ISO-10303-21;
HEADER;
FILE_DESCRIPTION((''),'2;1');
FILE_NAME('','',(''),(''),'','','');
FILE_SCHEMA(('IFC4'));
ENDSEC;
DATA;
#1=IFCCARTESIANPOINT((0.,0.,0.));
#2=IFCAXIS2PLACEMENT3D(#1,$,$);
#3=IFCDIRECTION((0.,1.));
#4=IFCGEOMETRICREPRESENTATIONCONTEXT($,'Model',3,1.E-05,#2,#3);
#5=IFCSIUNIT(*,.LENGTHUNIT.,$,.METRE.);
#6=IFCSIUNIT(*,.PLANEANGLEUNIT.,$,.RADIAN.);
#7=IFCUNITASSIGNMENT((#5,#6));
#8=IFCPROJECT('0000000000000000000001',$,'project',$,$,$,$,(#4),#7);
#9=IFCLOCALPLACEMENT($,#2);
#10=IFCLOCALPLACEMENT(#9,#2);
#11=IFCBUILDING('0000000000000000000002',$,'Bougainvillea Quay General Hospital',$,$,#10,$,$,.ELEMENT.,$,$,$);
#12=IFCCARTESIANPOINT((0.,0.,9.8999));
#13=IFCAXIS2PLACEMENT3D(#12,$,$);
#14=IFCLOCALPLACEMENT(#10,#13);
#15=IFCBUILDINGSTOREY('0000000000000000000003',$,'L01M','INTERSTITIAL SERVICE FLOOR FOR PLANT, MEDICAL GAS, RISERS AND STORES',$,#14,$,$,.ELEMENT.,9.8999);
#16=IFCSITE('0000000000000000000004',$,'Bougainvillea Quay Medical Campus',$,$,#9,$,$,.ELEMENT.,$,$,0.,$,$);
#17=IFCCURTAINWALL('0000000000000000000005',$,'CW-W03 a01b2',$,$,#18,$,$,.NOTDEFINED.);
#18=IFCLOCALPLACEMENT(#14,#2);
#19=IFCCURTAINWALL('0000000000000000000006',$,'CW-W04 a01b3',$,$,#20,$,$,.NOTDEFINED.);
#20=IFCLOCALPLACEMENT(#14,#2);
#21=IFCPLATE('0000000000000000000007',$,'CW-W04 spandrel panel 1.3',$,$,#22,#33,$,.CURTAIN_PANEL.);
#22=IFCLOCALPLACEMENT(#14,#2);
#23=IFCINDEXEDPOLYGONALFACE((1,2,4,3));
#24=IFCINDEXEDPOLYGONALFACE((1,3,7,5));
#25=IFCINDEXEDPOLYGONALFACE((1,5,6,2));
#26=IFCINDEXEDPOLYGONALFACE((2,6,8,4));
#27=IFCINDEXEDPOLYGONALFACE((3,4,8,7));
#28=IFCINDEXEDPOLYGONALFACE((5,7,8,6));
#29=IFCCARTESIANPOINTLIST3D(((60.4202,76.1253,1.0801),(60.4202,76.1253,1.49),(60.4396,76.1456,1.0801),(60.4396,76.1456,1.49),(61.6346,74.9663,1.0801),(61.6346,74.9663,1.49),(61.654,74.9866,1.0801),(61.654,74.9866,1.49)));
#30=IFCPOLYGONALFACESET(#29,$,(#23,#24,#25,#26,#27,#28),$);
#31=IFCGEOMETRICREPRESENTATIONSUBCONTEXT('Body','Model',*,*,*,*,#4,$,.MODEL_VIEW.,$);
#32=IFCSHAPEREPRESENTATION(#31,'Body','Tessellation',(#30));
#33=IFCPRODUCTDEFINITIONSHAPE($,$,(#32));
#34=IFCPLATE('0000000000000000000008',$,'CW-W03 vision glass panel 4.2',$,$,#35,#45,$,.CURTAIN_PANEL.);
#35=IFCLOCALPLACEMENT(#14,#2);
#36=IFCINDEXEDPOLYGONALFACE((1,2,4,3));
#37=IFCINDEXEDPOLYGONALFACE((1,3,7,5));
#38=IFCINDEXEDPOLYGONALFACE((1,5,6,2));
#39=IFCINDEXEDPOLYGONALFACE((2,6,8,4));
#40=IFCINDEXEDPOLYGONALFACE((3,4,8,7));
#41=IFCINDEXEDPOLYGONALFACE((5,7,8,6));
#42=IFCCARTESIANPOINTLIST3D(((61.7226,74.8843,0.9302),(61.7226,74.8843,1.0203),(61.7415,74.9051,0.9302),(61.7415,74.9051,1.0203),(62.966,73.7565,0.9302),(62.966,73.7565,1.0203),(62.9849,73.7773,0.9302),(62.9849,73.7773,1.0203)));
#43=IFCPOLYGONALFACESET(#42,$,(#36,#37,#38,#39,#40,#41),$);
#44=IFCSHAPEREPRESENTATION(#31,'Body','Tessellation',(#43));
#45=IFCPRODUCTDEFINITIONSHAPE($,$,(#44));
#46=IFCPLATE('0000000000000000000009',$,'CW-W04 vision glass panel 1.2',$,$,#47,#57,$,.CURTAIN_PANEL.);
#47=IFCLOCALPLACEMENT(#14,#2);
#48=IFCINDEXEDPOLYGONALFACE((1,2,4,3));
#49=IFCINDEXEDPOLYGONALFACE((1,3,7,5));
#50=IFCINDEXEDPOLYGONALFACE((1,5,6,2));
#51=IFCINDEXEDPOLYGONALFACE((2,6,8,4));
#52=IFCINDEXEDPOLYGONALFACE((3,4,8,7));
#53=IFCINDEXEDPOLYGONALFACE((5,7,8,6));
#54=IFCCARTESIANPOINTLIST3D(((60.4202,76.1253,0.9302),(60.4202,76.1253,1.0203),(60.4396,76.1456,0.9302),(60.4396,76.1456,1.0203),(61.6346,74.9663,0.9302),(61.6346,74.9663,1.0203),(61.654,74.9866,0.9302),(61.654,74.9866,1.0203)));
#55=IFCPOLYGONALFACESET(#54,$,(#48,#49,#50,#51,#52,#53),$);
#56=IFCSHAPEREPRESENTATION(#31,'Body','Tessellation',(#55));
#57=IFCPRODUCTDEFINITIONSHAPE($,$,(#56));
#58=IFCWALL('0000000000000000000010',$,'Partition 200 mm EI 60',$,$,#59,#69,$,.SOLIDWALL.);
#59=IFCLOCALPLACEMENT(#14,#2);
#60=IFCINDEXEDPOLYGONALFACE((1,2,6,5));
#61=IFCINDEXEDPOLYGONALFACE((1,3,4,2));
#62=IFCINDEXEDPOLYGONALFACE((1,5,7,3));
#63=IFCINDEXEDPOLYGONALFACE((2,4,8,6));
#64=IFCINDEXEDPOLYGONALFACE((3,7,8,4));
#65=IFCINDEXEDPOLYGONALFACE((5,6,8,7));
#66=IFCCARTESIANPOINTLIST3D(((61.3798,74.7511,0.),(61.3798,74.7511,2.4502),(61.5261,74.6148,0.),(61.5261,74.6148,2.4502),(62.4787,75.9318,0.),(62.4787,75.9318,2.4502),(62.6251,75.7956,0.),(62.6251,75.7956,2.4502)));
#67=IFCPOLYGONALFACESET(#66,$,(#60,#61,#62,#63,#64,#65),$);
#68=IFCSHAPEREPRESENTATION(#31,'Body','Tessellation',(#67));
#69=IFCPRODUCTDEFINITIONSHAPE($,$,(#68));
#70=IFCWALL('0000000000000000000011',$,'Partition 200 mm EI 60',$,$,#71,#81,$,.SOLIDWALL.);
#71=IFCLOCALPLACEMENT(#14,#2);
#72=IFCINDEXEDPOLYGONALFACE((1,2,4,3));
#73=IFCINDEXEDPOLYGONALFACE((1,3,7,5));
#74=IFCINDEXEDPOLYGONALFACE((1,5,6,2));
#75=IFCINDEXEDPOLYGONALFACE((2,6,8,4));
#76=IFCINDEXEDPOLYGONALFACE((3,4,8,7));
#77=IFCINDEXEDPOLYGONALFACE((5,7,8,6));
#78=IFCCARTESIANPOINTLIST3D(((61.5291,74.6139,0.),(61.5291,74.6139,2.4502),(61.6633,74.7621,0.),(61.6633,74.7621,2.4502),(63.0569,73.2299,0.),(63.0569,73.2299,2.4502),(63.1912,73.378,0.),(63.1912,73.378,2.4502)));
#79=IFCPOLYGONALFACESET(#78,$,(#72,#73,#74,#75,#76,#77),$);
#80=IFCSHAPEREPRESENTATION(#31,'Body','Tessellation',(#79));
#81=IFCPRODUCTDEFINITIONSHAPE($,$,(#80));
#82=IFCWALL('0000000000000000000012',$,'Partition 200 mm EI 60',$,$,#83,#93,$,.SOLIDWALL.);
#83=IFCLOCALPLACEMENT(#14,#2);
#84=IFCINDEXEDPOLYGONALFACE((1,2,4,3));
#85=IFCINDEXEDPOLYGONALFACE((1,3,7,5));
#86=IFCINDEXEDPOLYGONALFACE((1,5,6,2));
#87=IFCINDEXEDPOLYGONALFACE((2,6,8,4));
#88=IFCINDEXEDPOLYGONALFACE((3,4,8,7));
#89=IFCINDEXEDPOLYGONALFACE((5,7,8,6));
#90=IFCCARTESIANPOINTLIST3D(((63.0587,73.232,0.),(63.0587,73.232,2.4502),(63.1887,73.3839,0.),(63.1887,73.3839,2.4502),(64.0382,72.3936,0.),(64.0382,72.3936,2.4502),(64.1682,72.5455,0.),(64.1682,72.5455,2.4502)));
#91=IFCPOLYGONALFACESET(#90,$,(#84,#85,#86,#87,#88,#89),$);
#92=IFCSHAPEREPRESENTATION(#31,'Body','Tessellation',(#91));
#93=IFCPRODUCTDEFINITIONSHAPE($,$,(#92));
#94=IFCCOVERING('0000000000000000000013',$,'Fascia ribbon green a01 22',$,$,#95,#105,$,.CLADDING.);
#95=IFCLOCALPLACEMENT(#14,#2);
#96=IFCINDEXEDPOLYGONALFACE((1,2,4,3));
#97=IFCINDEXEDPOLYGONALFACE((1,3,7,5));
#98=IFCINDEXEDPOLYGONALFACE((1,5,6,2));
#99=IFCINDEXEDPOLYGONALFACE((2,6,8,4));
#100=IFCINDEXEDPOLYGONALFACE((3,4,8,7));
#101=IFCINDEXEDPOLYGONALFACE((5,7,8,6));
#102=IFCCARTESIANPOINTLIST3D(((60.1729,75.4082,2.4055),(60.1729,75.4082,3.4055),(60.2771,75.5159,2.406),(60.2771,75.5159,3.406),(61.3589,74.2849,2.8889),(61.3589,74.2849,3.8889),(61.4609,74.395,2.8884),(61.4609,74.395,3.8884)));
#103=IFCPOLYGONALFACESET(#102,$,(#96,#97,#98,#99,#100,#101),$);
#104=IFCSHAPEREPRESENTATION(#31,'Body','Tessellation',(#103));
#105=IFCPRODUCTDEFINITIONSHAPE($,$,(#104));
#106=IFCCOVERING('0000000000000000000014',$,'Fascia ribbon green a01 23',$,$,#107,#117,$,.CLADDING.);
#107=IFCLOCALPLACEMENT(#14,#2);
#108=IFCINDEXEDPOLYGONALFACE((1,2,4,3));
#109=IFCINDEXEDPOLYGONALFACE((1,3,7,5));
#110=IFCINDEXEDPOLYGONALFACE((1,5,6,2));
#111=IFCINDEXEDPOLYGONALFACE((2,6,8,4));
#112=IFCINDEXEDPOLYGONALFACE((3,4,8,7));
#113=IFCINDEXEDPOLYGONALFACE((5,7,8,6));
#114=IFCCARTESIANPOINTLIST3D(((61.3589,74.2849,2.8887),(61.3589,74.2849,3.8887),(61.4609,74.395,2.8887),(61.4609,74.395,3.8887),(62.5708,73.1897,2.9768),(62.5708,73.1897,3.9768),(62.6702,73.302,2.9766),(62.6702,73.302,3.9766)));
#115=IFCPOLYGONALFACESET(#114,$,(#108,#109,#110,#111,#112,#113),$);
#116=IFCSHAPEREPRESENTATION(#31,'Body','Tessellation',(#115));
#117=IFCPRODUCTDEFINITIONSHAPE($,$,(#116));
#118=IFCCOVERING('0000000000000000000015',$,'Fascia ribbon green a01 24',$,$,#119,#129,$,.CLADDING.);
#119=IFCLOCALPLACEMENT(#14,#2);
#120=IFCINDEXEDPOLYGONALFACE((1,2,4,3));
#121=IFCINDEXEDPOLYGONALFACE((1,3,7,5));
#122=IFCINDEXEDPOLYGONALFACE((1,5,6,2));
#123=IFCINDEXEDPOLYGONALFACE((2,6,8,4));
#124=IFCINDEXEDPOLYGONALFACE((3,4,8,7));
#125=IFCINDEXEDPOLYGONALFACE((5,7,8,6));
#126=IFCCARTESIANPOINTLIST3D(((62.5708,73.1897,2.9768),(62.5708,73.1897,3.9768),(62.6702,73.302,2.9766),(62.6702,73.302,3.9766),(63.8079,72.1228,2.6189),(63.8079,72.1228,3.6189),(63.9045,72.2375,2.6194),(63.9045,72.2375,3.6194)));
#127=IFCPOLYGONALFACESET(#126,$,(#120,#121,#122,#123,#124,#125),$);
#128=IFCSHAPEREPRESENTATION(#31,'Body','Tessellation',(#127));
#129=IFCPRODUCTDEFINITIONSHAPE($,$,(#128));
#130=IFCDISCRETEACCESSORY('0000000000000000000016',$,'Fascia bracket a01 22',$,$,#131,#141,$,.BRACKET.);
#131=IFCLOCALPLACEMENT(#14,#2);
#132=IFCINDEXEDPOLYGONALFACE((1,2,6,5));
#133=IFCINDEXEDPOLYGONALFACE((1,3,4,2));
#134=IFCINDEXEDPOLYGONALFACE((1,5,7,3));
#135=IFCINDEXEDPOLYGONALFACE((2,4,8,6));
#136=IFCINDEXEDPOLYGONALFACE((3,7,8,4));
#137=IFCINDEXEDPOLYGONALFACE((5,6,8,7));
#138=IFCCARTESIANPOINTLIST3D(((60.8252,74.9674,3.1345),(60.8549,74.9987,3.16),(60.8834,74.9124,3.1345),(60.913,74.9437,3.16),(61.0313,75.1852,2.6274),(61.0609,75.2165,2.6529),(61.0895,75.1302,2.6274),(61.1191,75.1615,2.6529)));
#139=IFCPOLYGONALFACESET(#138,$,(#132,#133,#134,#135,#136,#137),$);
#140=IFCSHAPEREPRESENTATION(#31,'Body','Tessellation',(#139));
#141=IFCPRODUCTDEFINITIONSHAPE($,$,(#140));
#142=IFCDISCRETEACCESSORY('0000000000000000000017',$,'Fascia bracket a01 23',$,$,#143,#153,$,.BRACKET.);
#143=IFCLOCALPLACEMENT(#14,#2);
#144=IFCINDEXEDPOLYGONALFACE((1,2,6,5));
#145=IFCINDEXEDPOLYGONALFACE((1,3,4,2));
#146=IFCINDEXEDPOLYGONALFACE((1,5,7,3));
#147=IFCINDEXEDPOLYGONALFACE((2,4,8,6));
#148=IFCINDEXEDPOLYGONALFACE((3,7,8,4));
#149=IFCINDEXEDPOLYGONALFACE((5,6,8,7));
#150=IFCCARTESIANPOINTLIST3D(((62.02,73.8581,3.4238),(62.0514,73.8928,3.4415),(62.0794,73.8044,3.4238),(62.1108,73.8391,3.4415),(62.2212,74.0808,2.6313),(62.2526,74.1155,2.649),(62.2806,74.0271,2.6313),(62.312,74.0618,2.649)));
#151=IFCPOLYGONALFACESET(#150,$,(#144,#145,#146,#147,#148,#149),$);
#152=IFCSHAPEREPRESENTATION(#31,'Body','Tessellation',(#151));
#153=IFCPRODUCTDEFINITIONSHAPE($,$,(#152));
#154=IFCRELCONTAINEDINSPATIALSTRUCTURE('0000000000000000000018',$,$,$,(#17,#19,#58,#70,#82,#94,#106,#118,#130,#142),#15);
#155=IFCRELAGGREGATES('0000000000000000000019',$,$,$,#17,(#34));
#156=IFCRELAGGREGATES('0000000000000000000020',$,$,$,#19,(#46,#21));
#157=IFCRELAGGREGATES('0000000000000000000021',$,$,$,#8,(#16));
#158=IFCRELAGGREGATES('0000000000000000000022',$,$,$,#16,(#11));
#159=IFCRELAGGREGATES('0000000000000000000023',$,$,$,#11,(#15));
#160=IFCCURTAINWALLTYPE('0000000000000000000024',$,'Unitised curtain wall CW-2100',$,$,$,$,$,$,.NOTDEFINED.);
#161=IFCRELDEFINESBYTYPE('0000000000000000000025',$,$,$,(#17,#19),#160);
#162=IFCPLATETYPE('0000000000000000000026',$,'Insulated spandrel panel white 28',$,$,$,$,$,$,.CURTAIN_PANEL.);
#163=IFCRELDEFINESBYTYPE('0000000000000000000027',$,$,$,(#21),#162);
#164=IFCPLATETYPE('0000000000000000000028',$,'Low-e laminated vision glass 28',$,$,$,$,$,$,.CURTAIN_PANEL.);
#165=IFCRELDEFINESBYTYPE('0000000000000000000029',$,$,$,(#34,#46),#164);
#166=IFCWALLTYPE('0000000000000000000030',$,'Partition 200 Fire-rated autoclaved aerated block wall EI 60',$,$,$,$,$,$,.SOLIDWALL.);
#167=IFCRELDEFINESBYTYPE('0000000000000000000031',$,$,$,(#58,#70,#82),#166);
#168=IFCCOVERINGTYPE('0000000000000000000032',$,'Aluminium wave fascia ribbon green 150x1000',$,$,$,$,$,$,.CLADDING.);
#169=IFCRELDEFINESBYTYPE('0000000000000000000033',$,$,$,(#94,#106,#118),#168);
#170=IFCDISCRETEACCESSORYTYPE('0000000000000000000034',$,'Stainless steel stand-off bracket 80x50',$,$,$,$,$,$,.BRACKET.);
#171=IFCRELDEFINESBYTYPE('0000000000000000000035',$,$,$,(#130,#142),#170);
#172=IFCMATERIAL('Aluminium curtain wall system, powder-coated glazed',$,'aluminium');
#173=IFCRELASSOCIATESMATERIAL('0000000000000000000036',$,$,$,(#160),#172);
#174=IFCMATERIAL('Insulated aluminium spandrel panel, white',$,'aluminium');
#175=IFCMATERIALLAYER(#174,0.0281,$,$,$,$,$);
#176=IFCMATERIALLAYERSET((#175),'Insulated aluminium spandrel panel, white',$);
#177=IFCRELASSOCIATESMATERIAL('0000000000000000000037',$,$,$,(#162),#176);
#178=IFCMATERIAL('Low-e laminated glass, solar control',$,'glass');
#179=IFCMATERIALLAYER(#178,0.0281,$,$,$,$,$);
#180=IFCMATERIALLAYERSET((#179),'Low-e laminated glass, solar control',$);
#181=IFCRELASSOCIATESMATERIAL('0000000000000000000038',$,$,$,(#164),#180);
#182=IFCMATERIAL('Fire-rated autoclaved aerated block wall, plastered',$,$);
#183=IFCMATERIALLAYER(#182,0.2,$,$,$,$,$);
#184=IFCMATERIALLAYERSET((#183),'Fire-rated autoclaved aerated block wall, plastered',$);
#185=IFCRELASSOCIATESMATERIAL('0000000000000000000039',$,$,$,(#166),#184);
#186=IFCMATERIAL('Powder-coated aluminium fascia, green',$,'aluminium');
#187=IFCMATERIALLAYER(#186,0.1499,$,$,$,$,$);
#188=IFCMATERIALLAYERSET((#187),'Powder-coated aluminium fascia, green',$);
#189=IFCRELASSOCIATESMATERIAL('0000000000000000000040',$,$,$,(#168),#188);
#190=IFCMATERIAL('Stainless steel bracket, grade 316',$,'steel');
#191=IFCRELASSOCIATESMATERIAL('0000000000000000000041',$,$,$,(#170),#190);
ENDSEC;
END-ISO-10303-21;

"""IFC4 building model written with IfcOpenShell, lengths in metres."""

from ifc_helpers import new_model, si_unit, direction, frame, frame_2d, origin, origin_2d, place, context, subcontext, project, spatial, polyline, rectangle, outline, extrude, material, layer, layer_set, material_profile, profile_set, type_object, element, aggregate, save


model = new_model("IFC4")

# Units and contexts
model_context = context("Model", 3, precision=1e-05, world=origin(), true_north=direction((0.0, 1.0)))
body_context = subcontext(model_context, "Body", "Model", "MODEL_VIEW")
ifc_project = project(units=[si_unit("LENGTHUNIT", "METRE"), si_unit("PLANEANGLEUNIT", "RADIAN")], contexts=[model_context])

# Site, building, storey
site_placement = place(None, origin())
site = spatial("IfcSite", under=ifc_project, at=site_placement, Name="Bougainvillea Quay Medical Campus", CompositionType="ELEMENT", RefElevation=0.0)
building_placement = place(site_placement, origin())
building = spatial("IfcBuilding", under=site, at=building_placement, Name="Bougainvillea Quay General Hospital", CompositionType="ELEMENT")
storey_placement = place(building_placement, frame((0.0, 0.0, 9.8999)))
storey = spatial("IfcBuildingStorey", under=building, at=storey_placement, Name="L01M", Description="INTERSTITIAL SERVICE FLOOR FOR PLANT, MEDICAL GAS, RISERS AND STORES", CompositionType="ELEMENT", Elevation=9.8999)

# Curtain wall
ifc_material_1 = material(Name="Aluminium curtain wall system, powder-coated glazed", Category="aluminium")
curtain_wall_type = type_object("IfcCurtainWallType", Name="Unitised curtain wall CW-2100", PredefinedType="NOTDEFINED", material=ifc_material_1)
curtain_wall_1_placement = place(storey_placement, origin())
curtain_wall_1 = element("IfcCurtainWall", 1, at=curtain_wall_1_placement, inside=storey, type_object=curtain_wall_type, Name="CW-W03 a01b2", PredefinedType="NOTDEFINED")

# Curtain wall
curtain_wall_2_placement = place(storey_placement, origin())
curtain_wall_2 = element("IfcCurtainWall", 2, at=curtain_wall_2_placement, inside=storey, type_object=curtain_wall_type, Name="CW-W04 a01b3", PredefinedType="NOTDEFINED")

# Plates
ifc_material_2 = material(Name="Insulated aluminium spandrel panel, white", Category="aluminium")
ifc_layer_1 = layer(ifc_material_2, 0.0281)
ifc_layer_set_1 = layer_set([ifc_layer_1], Name="Insulated aluminium spandrel panel, white")
plate_type_1 = type_object("IfcPlateType", Name="Insulated spandrel panel white 28", PredefinedType="CURTAIN_PANEL", material=ifc_layer_set_1)
plate_1_placement = place(storey_placement, frame((61.0371, 75.5559, 1.0801), z_axis=(0.0, 0.0, 1.0), x_axis=(-0.723419, 0.690409, 0.0)))
plate_1 = element("IfcPlate", 3, at=plate_1_placement, type_object=plate_type_1, Name="CW-W04 spandrel panel 1.3", PredefinedType="CURTAIN_PANEL", context=body_context, shape_type="SweptSolid", body=[
    extrude(rectangle(XDim=1.6787, YDim=0.0281, at=origin_2d()), origin(), (0.0, 0.0, 1.0), 0.4099),
])
ifc_material_3 = material(Name="Low-e laminated glass, solar control", Category="glass")
ifc_layer_2 = layer(ifc_material_3, 0.0281)
ifc_layer_set_2 = layer_set([ifc_layer_2], Name="Low-e laminated glass, solar control")
plate_type_2 = type_object("IfcPlateType", Name="Low-e laminated vision glass 28", PredefinedType="CURTAIN_PANEL", material=ifc_layer_set_2)
plate_2_placement = place(storey_placement, frame((62.3538, 74.3308, 0.9302), z_axis=(0.0, 0.0, 1.0), x_axis=(-0.740693, 0.671843, 0.0)))
plate_2 = element("IfcPlate", 4, at=plate_2_placement, type_object=plate_type_2, Name="CW-W03 vision glass panel 4.2", PredefinedType="CURTAIN_PANEL", context=body_context, shape_type="SweptSolid", body=[
    extrude(rectangle(XDim=1.6787, YDim=0.0281, at=origin_2d()), origin(), (0.0, 0.0, 1.0), 0.0901),
])
aggregate(curtain_wall_1, [plate_2])
plate_3_placement = place(storey_placement, frame((61.0371, 75.5559, 0.9302), z_axis=(0.0, 0.0, 1.0), x_axis=(-0.723419, 0.690409, 0.0)))
plate_3 = element("IfcPlate", 5, at=plate_3_placement, type_object=plate_type_2, Name="CW-W04 vision glass panel 1.2", PredefinedType="CURTAIN_PANEL", context=body_context, shape_type="SweptSolid", body=[
    extrude(rectangle(XDim=1.6787, YDim=0.0281, at=origin_2d()), origin(), (0.0, 0.0, 1.0), 0.0901),
])
aggregate(curtain_wall_2, [plate_3, plate_1])

# Walls
ifc_material_4 = material(Name="Fire-rated autoclaved aerated block wall, plastered")
ifc_layer_3 = layer(ifc_material_4, 0.2)
ifc_layer_set_3 = layer_set([ifc_layer_3], Name="Fire-rated autoclaved aerated block wall, plastered")
wall_type = type_object("IfcWallType", Name="Partition 200 Fire-rated autoclaved aerated block wall EI 60", PredefinedType="SOLIDWALL", material=ifc_layer_set_3)
wall_1_placement = place(storey_placement, frame((61.4529, 74.6829, 0.0), z_axis=(0.0, 0.0, 1.0), x_axis=(0.681298, 0.732006, 0.0)))
element("IfcWall", 6, at=wall_1_placement, inside=storey, type_object=wall_type, Name="Partition 200 mm EI 60", PredefinedType="SOLIDWALL", context=body_context, shape_type="SweptSolid", body=[
    extrude(rectangle(XDim=1.613, YDim=0.2, at=frame_2d((0.8066, 0.0))), origin(), (0.0, 0.0, 1.0), 2.4502),
])
wall_2_placement = place(storey_placement, frame((61.5962, 74.688, 0.0), z_axis=(0.0, 0.0, 1.0), x_axis=(0.741123, -0.671369, 0.0)))
element("IfcWall", 7, at=wall_2_placement, inside=storey, type_object=wall_type, Name="Partition 200 mm EI 60", PredefinedType="SOLIDWALL", context=body_context, shape_type="SweptSolid", body=[
    extrude(rectangle(XDim=2.0615, YDim=0.2, at=frame_2d((1.0308, 0.0))), origin(), (0.0, 0.0, 1.0), 2.4502),
])
wall_3_placement = place(storey_placement, frame((63.1238, 73.3079, 0.0), z_axis=(0.0, 0.0, 1.0), x_axis=(0.759711, -0.650261, 0.0)))
element("IfcWall", 8, at=wall_3_placement, inside=storey, type_object=wall_type, Name="Partition 200 mm EI 60", PredefinedType="SOLIDWALL", context=body_context, shape_type="SweptSolid", body=[
    extrude(rectangle(XDim=1.2893, YDim=0.2, at=frame_2d((0.6445, 0.0))), origin(), (0.0, 0.0, 1.0), 2.4502),
])

# Coverings
ifc_material_5 = material(Name="Powder-coated aluminium fascia, green", Category="aluminium")
ifc_layer_4 = layer(ifc_material_5, 0.1499)
ifc_layer_set_4 = layer_set([ifc_layer_4], Name="Powder-coated aluminium fascia, green")
covering_type = type_object("IfcCoveringType", Name="Aluminium wave fascia ribbon green 150x1000", PredefinedType="CLADDING", material=ifc_layer_set_4)
covering_1_placement = place(storey_placement, frame((60.2771, 75.5159, 2.406), z_axis=(-0.205999, 0.195144, 0.958897), x_axis=(0.696314, -0.659265, 0.283755)))
element("IfcCovering", 9, at=covering_1_placement, inside=storey, type_object=covering_type, Name="Fascia ribbon green a01 22", PredefinedType="CLADDING", context=body_context, shape_type="SweptSolid", body=[
    extrude(outline(polyline([(0.0, 0.0), (1.7001, 0.0), (1.7018, -0.1501), (-0.0017, -0.1499), (0.0, 0.0)])), origin(), (0.283755, -0.000074, 0.958897), 1.0),
])
covering_2_placement = place(storey_placement, frame((61.4609, 74.395, 2.8887), z_axis=(-0.039377, 0.036756, 0.998548), x_axis=(0.740778, -0.669587, 0.05386)))
element("IfcCovering", 10, at=covering_2_placement, inside=storey, type_object=covering_type, Name="Fascia ribbon green a01 23", PredefinedType="CLADDING", context=body_context, shape_type="SweptSolid", body=[
    extrude(outline(polyline([(0.0, 0.0), (1.6324, 0.0), (1.634, -0.1499), (-0.0019, -0.1501), (0.0, 0.0)])), origin(), (0.05386, -0.000862, 0.998548), 1.0),
])
covering_3_placement = place(storey_placement, frame((62.6702, 73.302, 2.9766), z_axis=(0.161484, -0.140483, 0.976825), x_axis=(0.739758, -0.637924, -0.214037)))
element("IfcCovering", 11, at=covering_3_placement, inside=storey, type_object=covering_type, Name="Fascia ribbon green a01 24", PredefinedType="CLADDING", context=body_context, shape_type="SweptSolid", body=[
    extrude(outline(polyline([(0.0, 0.0), (1.6686, 0.0), (1.6704, -0.15), (-0.0019, -0.1499), (0.0, 0.0)])), origin(), (-0.214037, 0.000908, 0.976825), 1.0),
])

# Discrete accessories
ifc_material_6 = material(Name="Stainless steel bracket, grade 316", Category="steel")
ifc_material_profile_1 = material_profile(ifc_material_6, rectangle(XDim=0.0801, YDim=0.05, at=origin_2d()))
ifc_profile_set_1 = profile_set([ifc_material_profile_1], Name="Stainless steel bracket, grade 316")
discrete_accessory_type = type_object("IfcDiscreteAccessoryType", Name="Stainless steel stand-off bracket 80x50", PredefinedType="BRACKET", material=ifc_profile_set_1)
discrete_accessory_1_placement = place(storey_placement, frame((61.0752, 75.1733, 2.6401), z_axis=(-0.349791, -0.369685, 0.860802), x_axis=(0.726381, -0.687293, 0.0)))
element("IfcDiscreteAccessory", 12, at=discrete_accessory_1_placement, inside=storey, type_object=discrete_accessory_type, Name="Fascia bracket a01 22", PredefinedType="BRACKET", context=body_context, shape_type="SweptSolid", body=[
    extrude(rectangle(XDim=0.0801, YDim=0.05, at=origin_2d()), origin(), (0.0, 0.0, 1.0), 0.5891),
])
discrete_accessory_2_placement = place(storey_placement, frame((62.2666, 74.0713, 2.6401), z_axis=(-0.237402, -0.262755, 0.935201), x_axis=(0.741998, -0.670402, 0.0)))
element("IfcDiscreteAccessory", 13, at=discrete_accessory_2_placement, inside=storey, type_object=discrete_accessory_type, Name="Fascia bracket a01 23", PredefinedType="BRACKET", context=body_context, shape_type="SweptSolid", body=[
    extrude(rectangle(XDim=0.0801, YDim=0.05, at=origin_2d()), origin(), (0.0, 0.0, 1.0), 0.8474),
])

save(model, "model.ifc")
